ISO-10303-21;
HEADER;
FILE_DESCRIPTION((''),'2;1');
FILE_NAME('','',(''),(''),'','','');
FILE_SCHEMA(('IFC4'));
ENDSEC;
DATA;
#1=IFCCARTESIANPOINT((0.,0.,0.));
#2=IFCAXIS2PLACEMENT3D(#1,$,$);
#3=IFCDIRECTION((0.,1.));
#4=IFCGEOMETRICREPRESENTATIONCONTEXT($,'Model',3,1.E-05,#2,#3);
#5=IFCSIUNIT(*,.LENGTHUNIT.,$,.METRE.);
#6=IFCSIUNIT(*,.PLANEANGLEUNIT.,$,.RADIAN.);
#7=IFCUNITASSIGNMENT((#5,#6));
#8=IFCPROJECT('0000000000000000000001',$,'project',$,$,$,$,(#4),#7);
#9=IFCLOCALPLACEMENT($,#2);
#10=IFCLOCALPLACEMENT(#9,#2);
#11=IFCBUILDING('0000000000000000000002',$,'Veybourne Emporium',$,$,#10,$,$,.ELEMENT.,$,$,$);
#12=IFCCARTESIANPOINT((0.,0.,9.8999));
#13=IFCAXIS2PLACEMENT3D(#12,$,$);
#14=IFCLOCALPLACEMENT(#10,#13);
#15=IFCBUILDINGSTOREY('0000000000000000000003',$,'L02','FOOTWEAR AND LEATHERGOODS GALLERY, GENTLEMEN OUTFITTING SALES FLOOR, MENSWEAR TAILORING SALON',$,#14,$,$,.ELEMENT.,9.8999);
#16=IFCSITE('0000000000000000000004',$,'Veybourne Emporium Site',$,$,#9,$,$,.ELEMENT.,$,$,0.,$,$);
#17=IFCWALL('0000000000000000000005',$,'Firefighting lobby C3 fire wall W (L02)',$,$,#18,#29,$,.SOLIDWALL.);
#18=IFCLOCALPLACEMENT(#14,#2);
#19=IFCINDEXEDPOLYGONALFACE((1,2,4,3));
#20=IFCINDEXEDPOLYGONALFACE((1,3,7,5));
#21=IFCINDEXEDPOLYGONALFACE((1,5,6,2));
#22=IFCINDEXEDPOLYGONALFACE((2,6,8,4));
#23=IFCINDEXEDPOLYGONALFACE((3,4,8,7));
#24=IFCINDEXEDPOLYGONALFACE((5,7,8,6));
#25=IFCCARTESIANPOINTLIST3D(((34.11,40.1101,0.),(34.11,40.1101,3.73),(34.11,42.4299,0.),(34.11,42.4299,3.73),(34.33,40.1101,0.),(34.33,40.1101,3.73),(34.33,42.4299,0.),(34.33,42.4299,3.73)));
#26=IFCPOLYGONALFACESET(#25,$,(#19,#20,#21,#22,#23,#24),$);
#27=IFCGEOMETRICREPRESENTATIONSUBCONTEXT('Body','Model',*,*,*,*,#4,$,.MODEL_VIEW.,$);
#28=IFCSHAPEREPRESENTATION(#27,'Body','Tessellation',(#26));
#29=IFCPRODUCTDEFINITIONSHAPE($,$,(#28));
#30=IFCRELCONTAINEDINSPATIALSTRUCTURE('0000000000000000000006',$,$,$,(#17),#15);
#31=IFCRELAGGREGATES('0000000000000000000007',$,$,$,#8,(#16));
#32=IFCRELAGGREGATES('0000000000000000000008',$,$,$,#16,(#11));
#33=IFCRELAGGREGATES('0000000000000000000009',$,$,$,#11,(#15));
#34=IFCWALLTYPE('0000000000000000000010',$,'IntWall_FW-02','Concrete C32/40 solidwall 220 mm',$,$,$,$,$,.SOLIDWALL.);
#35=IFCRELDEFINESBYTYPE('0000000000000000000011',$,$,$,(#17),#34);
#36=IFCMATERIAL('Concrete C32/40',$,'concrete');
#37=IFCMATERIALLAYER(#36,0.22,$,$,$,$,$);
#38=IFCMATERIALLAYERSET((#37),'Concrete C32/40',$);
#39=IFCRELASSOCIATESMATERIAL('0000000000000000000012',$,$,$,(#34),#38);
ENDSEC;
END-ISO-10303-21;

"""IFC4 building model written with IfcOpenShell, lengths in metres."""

from ifc_helpers import new_model, si_unit, direction, frame, frame_2d, origin, place, context, subcontext, project, spatial, rectangle, extrude, material, layer, layer_set, type_object, element, save


model = new_model("IFC4")

# Units and contexts
model_context = context("Model", 3, precision=1e-05, world=origin(), true_north=direction((0.0, 1.0)))
body_context = subcontext(model_context, "Body", "Model", "MODEL_VIEW")
ifc_project = project(units=[si_unit("LENGTHUNIT", "METRE"), si_unit("PLANEANGLEUNIT", "RADIAN")], contexts=[model_context])

# Site, building, storey
site_placement = place(None, origin())
site = spatial("IfcSite", under=ifc_project, at=site_placement, Name="Veybourne Emporium Site", CompositionType="ELEMENT", RefElevation=0.0)
building_placement = place(site_placement, origin())
building = spatial("IfcBuilding", under=site, at=building_placement, Name="Veybourne Emporium", CompositionType="ELEMENT")
storey_placement = place(building_placement, frame((0.0, 0.0, 9.8999)))
storey = spatial("IfcBuildingStorey", under=building, at=storey_placement, Name="L02", Description="FOOTWEAR AND LEATHERGOODS GALLERY, GENTLEMEN OUTFITTING SALES FLOOR, MENSWEAR TAILORING SALON", CompositionType="ELEMENT", Elevation=9.8999)

# Shared definitions
ifc_material_1 = material(Name="Concrete C32/40", Category="concrete")

# Wall
ifc_layer = layer(ifc_material_1, 0.22)
ifc_layer_set = layer_set([ifc_layer], Name="Concrete C32/40")
wall_type = type_object("IfcWallType", Name="IntWall_FW-02", Description="Concrete C32/40 solidwall 220 mm", PredefinedType="SOLIDWALL", material=ifc_layer_set)
wall_placement = place(storey_placement, frame((34.22, 40.1101, 0.0), z_axis=(0.0, 0.0, 1.0), x_axis=(0.0, 1.0, 0.0)))
element("IfcWall", 1, at=wall_placement, inside=storey, type_object=wall_type, Name="Firefighting lobby C3 fire wall W (L02)", PredefinedType="SOLIDWALL", context=body_context, shape_type="SweptSolid", body=[
    extrude(rectangle(XDim=2.3198, YDim=0.22, at=frame_2d((1.1599, 0.0))), origin(), (0.0, 0.0, 1.0), 3.73),
])

save(model, "model.ifc")
